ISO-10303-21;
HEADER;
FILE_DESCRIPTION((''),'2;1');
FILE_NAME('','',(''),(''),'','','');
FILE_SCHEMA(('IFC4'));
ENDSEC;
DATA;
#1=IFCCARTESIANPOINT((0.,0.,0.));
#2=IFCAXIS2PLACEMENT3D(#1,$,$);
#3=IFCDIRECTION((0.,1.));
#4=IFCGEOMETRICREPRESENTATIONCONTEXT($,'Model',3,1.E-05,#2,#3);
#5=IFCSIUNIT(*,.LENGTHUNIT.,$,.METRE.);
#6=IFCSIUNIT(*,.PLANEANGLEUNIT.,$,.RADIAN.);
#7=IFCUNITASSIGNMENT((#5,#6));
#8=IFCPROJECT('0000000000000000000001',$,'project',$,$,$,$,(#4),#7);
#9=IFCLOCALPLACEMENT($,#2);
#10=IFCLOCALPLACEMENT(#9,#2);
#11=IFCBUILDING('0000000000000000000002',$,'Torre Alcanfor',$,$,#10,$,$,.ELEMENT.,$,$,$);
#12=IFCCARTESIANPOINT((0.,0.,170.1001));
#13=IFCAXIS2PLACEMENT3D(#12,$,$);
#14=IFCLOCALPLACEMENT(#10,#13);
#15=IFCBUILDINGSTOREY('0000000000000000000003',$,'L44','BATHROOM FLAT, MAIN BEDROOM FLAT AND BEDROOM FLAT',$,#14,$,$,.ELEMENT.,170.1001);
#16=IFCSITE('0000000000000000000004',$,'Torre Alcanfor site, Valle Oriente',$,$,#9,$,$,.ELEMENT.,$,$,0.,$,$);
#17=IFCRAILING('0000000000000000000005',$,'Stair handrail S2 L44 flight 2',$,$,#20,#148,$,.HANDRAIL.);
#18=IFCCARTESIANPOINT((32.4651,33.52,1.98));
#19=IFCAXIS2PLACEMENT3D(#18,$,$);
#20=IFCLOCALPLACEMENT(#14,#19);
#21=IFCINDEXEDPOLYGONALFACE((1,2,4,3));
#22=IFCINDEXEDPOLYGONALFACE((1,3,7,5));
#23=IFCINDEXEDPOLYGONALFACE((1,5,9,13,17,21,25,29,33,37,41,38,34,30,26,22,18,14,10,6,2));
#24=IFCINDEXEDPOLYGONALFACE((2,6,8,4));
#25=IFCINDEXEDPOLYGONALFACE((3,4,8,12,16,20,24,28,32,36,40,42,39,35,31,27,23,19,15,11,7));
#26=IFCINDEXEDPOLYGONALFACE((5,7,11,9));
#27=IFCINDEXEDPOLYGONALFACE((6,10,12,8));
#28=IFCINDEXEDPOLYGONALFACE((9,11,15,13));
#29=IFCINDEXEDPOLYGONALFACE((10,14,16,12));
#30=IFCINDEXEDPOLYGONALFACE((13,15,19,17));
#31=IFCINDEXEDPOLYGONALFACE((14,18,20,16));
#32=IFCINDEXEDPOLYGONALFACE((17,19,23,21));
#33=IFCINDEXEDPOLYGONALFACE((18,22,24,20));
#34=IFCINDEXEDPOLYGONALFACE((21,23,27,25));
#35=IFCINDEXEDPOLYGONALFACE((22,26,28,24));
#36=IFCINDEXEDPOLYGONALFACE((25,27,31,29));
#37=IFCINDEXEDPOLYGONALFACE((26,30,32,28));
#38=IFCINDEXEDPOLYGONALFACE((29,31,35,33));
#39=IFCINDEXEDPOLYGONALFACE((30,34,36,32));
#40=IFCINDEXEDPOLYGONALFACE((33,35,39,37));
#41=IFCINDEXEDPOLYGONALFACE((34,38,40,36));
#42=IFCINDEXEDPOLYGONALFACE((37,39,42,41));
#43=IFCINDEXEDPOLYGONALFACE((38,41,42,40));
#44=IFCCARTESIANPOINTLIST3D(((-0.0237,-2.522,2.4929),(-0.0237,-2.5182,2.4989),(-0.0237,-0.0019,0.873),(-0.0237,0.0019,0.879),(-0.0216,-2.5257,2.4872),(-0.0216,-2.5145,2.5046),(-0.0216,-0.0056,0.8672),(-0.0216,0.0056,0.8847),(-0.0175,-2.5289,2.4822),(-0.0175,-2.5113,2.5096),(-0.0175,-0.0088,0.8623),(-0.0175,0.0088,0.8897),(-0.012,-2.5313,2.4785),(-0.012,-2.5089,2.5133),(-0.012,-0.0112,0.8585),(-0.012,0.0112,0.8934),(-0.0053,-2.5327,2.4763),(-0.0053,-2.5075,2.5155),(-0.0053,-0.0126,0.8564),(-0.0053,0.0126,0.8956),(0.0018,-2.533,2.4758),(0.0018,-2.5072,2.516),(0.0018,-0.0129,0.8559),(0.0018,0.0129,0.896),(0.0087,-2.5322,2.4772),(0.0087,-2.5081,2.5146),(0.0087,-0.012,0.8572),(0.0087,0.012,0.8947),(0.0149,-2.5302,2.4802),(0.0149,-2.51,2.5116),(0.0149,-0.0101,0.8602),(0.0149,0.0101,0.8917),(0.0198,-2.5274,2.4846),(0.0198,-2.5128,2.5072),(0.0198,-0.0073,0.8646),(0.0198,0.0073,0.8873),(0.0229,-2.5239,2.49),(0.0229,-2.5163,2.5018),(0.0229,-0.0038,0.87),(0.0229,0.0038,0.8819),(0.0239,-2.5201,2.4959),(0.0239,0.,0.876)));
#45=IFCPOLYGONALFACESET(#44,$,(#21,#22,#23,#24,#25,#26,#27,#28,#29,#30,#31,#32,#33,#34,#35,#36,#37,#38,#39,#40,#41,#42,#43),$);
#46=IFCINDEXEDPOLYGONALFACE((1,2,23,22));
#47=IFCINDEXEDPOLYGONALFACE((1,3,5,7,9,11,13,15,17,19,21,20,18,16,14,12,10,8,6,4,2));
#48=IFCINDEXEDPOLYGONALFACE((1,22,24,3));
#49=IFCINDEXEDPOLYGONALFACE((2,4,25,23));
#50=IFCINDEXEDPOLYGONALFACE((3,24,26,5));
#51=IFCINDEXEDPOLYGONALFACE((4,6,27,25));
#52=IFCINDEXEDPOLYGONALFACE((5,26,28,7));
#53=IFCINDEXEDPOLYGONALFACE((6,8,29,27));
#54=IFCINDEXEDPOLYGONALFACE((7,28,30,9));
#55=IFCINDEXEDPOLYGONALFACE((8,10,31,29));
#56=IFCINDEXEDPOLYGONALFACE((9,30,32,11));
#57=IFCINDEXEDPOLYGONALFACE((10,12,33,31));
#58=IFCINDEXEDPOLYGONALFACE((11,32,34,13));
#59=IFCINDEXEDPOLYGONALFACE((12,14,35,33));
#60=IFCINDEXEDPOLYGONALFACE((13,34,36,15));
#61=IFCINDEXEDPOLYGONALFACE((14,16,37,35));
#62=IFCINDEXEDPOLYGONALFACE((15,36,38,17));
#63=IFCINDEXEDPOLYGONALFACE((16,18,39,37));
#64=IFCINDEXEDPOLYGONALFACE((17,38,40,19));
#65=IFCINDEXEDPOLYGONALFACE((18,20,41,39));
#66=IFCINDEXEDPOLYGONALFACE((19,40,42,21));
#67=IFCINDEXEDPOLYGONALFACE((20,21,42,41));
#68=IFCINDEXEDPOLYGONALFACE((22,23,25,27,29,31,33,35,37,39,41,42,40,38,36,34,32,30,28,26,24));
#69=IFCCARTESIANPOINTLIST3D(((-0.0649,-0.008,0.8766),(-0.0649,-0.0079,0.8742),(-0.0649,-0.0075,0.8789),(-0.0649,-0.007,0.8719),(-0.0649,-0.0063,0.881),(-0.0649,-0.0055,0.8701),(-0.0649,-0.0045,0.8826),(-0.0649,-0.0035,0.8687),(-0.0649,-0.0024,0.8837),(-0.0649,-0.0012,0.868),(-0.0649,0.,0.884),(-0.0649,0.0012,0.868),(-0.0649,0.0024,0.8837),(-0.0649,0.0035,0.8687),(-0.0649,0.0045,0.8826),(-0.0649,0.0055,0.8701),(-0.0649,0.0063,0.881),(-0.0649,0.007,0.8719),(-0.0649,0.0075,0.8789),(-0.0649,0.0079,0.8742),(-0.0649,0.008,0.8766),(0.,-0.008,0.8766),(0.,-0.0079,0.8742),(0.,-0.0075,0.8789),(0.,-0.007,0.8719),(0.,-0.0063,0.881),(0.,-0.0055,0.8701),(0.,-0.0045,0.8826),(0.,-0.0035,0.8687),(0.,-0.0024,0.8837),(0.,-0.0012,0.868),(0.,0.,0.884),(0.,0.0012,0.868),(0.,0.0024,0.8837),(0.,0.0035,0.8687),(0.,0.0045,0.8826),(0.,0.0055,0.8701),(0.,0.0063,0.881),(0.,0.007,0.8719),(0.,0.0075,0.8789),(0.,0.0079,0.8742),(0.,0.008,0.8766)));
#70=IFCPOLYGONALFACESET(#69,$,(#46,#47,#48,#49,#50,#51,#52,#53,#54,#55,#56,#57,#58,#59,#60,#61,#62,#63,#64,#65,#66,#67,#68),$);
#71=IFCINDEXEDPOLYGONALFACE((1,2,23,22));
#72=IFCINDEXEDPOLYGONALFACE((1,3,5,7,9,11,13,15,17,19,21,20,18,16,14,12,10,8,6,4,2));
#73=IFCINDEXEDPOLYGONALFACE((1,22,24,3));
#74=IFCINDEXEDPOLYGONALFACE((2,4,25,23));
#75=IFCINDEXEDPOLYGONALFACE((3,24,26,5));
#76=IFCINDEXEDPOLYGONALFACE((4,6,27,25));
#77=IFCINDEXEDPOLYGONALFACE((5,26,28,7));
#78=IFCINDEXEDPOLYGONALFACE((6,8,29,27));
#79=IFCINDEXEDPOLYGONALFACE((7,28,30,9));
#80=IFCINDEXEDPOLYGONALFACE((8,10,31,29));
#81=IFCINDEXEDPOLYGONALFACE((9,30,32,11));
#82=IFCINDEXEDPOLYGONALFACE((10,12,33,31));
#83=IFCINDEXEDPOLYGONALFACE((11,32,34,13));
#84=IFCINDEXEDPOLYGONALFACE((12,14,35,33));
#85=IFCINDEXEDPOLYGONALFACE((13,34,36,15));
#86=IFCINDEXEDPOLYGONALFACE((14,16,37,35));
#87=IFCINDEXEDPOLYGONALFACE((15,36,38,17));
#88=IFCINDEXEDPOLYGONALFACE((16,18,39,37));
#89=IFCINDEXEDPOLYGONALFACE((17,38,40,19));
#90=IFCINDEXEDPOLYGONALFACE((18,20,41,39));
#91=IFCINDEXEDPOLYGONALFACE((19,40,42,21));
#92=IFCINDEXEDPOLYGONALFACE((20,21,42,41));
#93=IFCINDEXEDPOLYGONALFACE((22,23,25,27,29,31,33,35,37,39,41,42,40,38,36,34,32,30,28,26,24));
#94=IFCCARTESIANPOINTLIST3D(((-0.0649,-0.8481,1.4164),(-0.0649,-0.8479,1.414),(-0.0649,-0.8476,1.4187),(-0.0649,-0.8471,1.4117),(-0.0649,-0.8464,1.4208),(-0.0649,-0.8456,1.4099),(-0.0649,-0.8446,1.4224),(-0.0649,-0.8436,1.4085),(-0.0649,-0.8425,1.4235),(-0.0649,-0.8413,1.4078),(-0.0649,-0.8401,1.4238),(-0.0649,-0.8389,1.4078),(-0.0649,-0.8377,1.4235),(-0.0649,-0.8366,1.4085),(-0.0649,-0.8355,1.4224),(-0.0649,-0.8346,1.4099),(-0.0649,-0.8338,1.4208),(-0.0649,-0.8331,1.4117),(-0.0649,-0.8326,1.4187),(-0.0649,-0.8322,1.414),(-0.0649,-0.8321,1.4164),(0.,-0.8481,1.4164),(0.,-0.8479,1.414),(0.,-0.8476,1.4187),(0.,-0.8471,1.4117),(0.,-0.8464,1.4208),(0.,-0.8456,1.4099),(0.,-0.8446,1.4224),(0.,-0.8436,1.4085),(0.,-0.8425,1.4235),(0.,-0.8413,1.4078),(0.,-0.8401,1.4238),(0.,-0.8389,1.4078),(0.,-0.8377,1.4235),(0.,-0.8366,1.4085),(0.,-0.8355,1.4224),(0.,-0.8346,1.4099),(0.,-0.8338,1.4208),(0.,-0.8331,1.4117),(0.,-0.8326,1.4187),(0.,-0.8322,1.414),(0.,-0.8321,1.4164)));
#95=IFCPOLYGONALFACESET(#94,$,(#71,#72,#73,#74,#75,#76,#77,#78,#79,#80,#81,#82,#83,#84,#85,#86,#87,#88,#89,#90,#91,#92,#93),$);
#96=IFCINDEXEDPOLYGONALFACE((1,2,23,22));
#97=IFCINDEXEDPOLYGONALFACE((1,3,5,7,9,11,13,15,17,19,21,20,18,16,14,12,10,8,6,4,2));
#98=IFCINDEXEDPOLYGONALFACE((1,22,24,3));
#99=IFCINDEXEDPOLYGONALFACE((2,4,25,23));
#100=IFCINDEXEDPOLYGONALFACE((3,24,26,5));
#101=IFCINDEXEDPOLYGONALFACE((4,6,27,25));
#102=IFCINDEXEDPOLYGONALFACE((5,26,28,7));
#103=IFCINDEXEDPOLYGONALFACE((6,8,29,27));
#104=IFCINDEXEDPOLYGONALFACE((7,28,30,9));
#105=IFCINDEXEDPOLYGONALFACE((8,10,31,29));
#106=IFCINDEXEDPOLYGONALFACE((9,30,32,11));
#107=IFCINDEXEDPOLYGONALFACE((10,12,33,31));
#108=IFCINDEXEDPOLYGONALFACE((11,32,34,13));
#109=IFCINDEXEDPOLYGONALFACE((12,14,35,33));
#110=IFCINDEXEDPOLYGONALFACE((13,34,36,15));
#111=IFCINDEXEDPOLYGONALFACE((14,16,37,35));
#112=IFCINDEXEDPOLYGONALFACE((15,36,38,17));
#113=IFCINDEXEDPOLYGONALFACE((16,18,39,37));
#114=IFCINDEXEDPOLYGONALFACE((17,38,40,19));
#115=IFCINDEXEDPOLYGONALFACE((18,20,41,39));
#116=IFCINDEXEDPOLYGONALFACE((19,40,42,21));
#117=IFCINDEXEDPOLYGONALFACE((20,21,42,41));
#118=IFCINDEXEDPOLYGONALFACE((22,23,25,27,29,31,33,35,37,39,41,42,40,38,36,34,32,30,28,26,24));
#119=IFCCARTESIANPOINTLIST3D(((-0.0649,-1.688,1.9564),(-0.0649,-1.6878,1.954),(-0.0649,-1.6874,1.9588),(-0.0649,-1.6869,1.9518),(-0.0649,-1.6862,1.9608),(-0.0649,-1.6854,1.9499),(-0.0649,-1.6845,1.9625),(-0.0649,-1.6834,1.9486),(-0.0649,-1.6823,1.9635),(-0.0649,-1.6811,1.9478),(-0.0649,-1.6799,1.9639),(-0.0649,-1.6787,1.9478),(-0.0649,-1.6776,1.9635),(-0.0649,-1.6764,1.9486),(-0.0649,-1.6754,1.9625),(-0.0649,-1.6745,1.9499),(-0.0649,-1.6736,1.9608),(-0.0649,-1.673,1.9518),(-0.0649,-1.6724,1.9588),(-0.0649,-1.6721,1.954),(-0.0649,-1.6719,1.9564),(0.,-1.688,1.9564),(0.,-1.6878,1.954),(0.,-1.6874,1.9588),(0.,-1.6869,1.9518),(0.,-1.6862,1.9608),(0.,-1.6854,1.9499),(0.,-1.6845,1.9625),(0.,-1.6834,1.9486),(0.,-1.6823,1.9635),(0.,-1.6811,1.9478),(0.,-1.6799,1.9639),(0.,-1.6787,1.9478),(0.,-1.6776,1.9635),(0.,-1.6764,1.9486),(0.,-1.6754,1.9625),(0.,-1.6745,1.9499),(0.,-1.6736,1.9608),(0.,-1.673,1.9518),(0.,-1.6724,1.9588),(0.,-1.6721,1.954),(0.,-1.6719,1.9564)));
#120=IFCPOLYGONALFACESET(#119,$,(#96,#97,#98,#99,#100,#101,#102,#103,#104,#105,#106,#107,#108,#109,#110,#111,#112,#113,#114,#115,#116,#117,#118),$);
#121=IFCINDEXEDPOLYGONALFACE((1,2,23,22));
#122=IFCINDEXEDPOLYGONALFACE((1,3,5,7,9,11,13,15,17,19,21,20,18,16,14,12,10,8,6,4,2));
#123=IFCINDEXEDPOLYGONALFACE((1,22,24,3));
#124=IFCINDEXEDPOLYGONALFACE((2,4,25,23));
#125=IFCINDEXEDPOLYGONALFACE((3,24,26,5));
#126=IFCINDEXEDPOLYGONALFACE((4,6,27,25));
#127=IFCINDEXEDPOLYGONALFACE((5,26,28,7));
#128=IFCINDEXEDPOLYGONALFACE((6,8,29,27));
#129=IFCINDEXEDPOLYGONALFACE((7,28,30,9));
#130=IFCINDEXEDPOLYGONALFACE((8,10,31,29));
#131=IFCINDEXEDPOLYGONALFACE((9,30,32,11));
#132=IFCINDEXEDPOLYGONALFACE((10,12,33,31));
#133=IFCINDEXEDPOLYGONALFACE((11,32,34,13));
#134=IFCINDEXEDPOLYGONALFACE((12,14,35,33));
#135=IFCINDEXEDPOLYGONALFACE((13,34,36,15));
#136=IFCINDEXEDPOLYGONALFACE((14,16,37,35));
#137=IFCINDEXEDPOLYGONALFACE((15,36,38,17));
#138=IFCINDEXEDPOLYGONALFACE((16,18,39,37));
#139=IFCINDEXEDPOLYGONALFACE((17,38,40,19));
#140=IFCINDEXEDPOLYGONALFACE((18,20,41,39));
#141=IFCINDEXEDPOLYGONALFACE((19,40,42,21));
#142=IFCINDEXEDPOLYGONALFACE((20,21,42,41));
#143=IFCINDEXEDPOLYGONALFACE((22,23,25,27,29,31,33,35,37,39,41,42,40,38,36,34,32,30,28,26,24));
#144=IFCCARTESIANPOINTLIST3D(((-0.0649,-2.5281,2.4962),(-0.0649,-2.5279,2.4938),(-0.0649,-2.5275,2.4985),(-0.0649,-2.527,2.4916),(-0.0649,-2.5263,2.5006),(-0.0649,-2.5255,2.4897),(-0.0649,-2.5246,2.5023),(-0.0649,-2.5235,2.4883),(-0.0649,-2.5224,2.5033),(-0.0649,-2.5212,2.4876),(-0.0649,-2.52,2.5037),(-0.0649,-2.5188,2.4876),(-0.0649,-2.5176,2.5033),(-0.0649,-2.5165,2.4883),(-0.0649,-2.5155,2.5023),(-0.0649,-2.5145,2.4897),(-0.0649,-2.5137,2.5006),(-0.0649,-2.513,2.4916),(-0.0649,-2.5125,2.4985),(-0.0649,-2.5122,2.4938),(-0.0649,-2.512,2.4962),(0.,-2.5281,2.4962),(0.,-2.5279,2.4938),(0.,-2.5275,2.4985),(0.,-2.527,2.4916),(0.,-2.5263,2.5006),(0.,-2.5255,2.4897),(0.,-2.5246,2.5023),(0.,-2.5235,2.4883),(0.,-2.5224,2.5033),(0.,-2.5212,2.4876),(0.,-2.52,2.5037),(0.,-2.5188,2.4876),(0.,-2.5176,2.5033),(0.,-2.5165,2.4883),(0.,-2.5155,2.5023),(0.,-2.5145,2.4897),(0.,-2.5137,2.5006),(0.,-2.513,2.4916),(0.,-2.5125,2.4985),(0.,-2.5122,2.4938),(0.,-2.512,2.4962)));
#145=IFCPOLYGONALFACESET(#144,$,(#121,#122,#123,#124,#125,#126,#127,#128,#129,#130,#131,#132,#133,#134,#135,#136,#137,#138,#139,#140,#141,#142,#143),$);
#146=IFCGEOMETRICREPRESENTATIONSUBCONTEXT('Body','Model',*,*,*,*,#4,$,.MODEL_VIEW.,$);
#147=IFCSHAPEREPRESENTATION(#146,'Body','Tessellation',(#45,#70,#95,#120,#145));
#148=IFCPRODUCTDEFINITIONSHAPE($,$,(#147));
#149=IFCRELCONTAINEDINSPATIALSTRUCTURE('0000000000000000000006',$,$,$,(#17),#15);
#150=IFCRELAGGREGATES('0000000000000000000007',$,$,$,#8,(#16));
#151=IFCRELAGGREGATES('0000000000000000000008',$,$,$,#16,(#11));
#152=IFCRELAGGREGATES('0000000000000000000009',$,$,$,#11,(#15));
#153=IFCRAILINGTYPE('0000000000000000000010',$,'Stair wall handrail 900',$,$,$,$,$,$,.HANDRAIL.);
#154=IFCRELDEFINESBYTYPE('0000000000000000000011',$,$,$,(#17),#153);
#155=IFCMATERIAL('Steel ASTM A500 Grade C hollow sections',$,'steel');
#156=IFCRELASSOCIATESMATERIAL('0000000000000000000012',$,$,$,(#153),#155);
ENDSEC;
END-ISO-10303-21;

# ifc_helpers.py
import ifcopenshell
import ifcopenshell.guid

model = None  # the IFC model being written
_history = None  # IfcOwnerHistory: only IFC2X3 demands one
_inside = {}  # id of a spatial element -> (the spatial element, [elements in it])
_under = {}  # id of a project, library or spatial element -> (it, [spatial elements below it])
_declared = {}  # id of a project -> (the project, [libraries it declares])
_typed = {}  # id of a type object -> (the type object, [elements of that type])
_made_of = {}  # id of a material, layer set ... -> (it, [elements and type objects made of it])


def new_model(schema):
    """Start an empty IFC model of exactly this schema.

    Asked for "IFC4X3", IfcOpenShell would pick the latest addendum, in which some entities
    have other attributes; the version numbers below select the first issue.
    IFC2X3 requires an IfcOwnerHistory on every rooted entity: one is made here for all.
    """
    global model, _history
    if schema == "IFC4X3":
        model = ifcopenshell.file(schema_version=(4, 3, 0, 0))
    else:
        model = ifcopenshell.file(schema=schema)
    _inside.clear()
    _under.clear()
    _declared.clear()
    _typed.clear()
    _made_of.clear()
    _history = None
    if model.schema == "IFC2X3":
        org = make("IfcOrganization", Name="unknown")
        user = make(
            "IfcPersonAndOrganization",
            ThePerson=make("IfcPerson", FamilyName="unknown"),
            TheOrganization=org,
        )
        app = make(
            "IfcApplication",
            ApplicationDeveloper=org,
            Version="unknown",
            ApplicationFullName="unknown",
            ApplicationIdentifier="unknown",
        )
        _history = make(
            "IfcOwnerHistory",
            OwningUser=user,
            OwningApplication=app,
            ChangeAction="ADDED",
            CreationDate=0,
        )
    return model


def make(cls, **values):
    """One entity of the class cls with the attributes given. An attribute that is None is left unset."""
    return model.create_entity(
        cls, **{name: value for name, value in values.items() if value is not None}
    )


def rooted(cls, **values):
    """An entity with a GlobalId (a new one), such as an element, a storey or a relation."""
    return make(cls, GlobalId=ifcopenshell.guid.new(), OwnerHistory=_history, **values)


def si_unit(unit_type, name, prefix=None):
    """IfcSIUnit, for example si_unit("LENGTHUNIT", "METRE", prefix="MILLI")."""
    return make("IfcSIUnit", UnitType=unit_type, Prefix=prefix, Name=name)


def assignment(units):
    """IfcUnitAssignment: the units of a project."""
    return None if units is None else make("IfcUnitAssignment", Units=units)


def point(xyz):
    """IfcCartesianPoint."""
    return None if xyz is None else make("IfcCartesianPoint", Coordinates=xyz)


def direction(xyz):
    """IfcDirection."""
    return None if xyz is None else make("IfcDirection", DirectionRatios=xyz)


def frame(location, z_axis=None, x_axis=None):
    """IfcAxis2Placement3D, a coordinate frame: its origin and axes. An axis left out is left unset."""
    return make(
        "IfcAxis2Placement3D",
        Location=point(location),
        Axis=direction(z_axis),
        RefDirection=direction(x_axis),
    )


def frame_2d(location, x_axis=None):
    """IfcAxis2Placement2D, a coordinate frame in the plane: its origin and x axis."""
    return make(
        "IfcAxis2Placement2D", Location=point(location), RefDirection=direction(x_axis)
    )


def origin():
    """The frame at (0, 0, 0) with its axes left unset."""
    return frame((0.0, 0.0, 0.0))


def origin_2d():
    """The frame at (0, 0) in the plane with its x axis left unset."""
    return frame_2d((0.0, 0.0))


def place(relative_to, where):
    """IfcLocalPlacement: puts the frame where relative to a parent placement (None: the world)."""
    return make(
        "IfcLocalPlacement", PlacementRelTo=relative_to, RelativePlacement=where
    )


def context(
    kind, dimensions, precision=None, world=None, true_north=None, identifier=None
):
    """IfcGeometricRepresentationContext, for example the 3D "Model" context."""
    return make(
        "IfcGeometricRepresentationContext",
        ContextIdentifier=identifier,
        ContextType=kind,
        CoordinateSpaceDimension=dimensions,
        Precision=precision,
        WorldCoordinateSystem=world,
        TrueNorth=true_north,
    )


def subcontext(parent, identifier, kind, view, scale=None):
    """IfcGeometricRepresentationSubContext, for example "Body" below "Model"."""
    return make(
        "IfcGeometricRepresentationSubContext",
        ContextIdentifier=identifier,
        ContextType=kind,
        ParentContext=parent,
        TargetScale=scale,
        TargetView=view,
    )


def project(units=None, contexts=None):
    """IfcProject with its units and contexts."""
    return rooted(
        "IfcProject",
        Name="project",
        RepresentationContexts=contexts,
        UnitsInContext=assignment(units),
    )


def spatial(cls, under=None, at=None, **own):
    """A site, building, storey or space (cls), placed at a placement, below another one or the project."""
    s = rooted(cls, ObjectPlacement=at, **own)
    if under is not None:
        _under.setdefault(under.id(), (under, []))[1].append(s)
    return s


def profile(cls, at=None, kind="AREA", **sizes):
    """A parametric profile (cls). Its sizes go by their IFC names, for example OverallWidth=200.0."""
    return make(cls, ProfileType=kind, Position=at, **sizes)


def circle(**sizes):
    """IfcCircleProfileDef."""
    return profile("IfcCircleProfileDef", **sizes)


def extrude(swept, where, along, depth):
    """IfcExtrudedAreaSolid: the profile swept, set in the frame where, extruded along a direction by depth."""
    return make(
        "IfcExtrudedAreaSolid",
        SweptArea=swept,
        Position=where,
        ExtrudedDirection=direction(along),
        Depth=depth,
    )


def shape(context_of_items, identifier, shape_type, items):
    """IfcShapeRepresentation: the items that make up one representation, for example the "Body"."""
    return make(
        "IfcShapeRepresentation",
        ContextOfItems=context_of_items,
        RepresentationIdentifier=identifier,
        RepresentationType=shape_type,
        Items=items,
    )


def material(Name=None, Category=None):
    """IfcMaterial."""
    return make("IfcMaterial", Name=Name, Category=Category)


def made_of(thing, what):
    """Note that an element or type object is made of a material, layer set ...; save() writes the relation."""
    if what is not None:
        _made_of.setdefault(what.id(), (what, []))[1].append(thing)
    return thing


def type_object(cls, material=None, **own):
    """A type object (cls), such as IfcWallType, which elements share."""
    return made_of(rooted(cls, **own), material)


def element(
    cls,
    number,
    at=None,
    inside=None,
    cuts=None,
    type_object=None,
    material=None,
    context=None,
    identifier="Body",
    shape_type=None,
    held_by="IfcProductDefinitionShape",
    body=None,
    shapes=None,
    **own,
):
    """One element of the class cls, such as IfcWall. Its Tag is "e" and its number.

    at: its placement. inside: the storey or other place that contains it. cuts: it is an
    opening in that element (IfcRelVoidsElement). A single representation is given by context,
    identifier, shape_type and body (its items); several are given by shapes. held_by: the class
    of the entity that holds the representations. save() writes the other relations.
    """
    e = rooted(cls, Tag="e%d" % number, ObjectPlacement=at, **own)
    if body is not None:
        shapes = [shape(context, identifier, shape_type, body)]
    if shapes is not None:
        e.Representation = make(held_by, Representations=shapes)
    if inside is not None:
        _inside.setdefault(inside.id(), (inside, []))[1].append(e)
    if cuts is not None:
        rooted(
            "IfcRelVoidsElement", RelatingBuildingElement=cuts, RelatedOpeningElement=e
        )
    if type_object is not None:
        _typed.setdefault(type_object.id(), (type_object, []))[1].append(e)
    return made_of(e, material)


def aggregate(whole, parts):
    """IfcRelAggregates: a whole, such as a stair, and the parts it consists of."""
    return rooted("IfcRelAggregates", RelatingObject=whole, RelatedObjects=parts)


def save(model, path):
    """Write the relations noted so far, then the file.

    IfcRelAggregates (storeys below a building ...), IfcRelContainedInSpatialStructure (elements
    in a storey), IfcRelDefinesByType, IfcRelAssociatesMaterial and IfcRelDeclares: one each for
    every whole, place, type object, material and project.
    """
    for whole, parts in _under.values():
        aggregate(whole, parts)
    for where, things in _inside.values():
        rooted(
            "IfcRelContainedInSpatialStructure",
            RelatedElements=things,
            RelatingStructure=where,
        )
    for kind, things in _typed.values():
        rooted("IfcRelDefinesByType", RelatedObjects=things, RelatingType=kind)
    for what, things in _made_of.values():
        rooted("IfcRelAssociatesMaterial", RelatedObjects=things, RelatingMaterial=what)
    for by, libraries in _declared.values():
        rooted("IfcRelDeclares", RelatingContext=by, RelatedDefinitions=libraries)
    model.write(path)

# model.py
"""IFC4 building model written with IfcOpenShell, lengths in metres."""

from ifc_helpers import new_model, si_unit, direction, frame, origin, origin_2d, place, context, subcontext, project, spatial, circle, extrude, material, type_object, element, save


model = new_model("IFC4")

# Units and contexts
model_context = context("Model", 3, precision=1e-05, world=origin(), true_north=direction((0.0, 1.0)))
body_context = subcontext(model_context, "Body", "Model", "MODEL_VIEW")
ifc_project = project(units=[si_unit("LENGTHUNIT", "METRE"), si_unit("PLANEANGLEUNIT", "RADIAN")], contexts=[model_context])

# Site, building, storey
site_placement = place(None, origin())
site = spatial("IfcSite", under=ifc_project, at=site_placement, Name="Torre Alcanfor site, Valle Oriente", CompositionType="ELEMENT", RefElevation=0.0)
building_placement = place(site_placement, origin())
building = spatial("IfcBuilding", under=site, at=building_placement, Name="Torre Alcanfor", CompositionType="ELEMENT")
storey_placement = place(building_placement, frame((0.0, 0.0, 170.1001)))
storey = spatial("IfcBuildingStorey", under=building, at=storey_placement, Name="L44", Description="BATHROOM FLAT, MAIN BEDROOM FLAT AND BEDROOM FLAT", CompositionType="ELEMENT", Elevation=170.1001)

# Railing
ifc_material_1 = material(Name="Steel ASTM A500 Grade C hollow sections", Category="steel")
railing_type_1 = type_object("IfcRailingType", Name="Stair wall handrail 900", PredefinedType="HANDRAIL", material=ifc_material_1)
railing_1_placement = place(storey_placement, frame((32.4651, 33.52, 1.98)))
element("IfcRailing", 1, at=railing_1_placement, inside=storey, type_object=railing_type_1, Name="Stair handrail S2 L44 flight 2", PredefinedType="HANDRAIL", context=body_context, shape_type="SweptSolid", body=[
    extrude(circle(Radius=0.0239, at=origin_2d()), frame((0.0, 0.0, 0.876), z_axis=(0.0, -0.8412, 0.540725), x_axis=(1.0, 0.0, 0.0)), (0.0, 0.0, 1.0), 2.9958),
    extrude(circle(Radius=0.0081, at=origin_2d()), frame((0.0, 0.0, 0.876), z_axis=(-1.0, 0.0, 0.0), x_axis=(0.0, 0.0, 1.0)), (0.0, 0.0, 1.0), 0.0649),
    extrude(circle(Radius=0.0081, at=origin_2d()), frame((0.0, -0.8401, 1.4158), z_axis=(-1.0, 0.0, 0.0), x_axis=(0.0, 0.0, 1.0)), (0.0, 0.0, 1.0), 0.0649),
    extrude(circle(Radius=0.0081, at=origin_2d()), frame((0.0, -1.6799, 1.9558), z_axis=(-1.0, 0.0, 0.0), x_axis=(0.0, 0.0, 1.0)), (0.0, 0.0, 1.0), 0.0649),
    extrude(circle(Radius=0.0081, at=origin_2d()), frame((0.0, -2.52, 2.4956), z_axis=(-1.0, 0.0, 0.0), x_axis=(0.0, 0.0, 1.0)), (0.0, 0.0, 1.0), 0.0649),
])

save(model, "model.ifc")
